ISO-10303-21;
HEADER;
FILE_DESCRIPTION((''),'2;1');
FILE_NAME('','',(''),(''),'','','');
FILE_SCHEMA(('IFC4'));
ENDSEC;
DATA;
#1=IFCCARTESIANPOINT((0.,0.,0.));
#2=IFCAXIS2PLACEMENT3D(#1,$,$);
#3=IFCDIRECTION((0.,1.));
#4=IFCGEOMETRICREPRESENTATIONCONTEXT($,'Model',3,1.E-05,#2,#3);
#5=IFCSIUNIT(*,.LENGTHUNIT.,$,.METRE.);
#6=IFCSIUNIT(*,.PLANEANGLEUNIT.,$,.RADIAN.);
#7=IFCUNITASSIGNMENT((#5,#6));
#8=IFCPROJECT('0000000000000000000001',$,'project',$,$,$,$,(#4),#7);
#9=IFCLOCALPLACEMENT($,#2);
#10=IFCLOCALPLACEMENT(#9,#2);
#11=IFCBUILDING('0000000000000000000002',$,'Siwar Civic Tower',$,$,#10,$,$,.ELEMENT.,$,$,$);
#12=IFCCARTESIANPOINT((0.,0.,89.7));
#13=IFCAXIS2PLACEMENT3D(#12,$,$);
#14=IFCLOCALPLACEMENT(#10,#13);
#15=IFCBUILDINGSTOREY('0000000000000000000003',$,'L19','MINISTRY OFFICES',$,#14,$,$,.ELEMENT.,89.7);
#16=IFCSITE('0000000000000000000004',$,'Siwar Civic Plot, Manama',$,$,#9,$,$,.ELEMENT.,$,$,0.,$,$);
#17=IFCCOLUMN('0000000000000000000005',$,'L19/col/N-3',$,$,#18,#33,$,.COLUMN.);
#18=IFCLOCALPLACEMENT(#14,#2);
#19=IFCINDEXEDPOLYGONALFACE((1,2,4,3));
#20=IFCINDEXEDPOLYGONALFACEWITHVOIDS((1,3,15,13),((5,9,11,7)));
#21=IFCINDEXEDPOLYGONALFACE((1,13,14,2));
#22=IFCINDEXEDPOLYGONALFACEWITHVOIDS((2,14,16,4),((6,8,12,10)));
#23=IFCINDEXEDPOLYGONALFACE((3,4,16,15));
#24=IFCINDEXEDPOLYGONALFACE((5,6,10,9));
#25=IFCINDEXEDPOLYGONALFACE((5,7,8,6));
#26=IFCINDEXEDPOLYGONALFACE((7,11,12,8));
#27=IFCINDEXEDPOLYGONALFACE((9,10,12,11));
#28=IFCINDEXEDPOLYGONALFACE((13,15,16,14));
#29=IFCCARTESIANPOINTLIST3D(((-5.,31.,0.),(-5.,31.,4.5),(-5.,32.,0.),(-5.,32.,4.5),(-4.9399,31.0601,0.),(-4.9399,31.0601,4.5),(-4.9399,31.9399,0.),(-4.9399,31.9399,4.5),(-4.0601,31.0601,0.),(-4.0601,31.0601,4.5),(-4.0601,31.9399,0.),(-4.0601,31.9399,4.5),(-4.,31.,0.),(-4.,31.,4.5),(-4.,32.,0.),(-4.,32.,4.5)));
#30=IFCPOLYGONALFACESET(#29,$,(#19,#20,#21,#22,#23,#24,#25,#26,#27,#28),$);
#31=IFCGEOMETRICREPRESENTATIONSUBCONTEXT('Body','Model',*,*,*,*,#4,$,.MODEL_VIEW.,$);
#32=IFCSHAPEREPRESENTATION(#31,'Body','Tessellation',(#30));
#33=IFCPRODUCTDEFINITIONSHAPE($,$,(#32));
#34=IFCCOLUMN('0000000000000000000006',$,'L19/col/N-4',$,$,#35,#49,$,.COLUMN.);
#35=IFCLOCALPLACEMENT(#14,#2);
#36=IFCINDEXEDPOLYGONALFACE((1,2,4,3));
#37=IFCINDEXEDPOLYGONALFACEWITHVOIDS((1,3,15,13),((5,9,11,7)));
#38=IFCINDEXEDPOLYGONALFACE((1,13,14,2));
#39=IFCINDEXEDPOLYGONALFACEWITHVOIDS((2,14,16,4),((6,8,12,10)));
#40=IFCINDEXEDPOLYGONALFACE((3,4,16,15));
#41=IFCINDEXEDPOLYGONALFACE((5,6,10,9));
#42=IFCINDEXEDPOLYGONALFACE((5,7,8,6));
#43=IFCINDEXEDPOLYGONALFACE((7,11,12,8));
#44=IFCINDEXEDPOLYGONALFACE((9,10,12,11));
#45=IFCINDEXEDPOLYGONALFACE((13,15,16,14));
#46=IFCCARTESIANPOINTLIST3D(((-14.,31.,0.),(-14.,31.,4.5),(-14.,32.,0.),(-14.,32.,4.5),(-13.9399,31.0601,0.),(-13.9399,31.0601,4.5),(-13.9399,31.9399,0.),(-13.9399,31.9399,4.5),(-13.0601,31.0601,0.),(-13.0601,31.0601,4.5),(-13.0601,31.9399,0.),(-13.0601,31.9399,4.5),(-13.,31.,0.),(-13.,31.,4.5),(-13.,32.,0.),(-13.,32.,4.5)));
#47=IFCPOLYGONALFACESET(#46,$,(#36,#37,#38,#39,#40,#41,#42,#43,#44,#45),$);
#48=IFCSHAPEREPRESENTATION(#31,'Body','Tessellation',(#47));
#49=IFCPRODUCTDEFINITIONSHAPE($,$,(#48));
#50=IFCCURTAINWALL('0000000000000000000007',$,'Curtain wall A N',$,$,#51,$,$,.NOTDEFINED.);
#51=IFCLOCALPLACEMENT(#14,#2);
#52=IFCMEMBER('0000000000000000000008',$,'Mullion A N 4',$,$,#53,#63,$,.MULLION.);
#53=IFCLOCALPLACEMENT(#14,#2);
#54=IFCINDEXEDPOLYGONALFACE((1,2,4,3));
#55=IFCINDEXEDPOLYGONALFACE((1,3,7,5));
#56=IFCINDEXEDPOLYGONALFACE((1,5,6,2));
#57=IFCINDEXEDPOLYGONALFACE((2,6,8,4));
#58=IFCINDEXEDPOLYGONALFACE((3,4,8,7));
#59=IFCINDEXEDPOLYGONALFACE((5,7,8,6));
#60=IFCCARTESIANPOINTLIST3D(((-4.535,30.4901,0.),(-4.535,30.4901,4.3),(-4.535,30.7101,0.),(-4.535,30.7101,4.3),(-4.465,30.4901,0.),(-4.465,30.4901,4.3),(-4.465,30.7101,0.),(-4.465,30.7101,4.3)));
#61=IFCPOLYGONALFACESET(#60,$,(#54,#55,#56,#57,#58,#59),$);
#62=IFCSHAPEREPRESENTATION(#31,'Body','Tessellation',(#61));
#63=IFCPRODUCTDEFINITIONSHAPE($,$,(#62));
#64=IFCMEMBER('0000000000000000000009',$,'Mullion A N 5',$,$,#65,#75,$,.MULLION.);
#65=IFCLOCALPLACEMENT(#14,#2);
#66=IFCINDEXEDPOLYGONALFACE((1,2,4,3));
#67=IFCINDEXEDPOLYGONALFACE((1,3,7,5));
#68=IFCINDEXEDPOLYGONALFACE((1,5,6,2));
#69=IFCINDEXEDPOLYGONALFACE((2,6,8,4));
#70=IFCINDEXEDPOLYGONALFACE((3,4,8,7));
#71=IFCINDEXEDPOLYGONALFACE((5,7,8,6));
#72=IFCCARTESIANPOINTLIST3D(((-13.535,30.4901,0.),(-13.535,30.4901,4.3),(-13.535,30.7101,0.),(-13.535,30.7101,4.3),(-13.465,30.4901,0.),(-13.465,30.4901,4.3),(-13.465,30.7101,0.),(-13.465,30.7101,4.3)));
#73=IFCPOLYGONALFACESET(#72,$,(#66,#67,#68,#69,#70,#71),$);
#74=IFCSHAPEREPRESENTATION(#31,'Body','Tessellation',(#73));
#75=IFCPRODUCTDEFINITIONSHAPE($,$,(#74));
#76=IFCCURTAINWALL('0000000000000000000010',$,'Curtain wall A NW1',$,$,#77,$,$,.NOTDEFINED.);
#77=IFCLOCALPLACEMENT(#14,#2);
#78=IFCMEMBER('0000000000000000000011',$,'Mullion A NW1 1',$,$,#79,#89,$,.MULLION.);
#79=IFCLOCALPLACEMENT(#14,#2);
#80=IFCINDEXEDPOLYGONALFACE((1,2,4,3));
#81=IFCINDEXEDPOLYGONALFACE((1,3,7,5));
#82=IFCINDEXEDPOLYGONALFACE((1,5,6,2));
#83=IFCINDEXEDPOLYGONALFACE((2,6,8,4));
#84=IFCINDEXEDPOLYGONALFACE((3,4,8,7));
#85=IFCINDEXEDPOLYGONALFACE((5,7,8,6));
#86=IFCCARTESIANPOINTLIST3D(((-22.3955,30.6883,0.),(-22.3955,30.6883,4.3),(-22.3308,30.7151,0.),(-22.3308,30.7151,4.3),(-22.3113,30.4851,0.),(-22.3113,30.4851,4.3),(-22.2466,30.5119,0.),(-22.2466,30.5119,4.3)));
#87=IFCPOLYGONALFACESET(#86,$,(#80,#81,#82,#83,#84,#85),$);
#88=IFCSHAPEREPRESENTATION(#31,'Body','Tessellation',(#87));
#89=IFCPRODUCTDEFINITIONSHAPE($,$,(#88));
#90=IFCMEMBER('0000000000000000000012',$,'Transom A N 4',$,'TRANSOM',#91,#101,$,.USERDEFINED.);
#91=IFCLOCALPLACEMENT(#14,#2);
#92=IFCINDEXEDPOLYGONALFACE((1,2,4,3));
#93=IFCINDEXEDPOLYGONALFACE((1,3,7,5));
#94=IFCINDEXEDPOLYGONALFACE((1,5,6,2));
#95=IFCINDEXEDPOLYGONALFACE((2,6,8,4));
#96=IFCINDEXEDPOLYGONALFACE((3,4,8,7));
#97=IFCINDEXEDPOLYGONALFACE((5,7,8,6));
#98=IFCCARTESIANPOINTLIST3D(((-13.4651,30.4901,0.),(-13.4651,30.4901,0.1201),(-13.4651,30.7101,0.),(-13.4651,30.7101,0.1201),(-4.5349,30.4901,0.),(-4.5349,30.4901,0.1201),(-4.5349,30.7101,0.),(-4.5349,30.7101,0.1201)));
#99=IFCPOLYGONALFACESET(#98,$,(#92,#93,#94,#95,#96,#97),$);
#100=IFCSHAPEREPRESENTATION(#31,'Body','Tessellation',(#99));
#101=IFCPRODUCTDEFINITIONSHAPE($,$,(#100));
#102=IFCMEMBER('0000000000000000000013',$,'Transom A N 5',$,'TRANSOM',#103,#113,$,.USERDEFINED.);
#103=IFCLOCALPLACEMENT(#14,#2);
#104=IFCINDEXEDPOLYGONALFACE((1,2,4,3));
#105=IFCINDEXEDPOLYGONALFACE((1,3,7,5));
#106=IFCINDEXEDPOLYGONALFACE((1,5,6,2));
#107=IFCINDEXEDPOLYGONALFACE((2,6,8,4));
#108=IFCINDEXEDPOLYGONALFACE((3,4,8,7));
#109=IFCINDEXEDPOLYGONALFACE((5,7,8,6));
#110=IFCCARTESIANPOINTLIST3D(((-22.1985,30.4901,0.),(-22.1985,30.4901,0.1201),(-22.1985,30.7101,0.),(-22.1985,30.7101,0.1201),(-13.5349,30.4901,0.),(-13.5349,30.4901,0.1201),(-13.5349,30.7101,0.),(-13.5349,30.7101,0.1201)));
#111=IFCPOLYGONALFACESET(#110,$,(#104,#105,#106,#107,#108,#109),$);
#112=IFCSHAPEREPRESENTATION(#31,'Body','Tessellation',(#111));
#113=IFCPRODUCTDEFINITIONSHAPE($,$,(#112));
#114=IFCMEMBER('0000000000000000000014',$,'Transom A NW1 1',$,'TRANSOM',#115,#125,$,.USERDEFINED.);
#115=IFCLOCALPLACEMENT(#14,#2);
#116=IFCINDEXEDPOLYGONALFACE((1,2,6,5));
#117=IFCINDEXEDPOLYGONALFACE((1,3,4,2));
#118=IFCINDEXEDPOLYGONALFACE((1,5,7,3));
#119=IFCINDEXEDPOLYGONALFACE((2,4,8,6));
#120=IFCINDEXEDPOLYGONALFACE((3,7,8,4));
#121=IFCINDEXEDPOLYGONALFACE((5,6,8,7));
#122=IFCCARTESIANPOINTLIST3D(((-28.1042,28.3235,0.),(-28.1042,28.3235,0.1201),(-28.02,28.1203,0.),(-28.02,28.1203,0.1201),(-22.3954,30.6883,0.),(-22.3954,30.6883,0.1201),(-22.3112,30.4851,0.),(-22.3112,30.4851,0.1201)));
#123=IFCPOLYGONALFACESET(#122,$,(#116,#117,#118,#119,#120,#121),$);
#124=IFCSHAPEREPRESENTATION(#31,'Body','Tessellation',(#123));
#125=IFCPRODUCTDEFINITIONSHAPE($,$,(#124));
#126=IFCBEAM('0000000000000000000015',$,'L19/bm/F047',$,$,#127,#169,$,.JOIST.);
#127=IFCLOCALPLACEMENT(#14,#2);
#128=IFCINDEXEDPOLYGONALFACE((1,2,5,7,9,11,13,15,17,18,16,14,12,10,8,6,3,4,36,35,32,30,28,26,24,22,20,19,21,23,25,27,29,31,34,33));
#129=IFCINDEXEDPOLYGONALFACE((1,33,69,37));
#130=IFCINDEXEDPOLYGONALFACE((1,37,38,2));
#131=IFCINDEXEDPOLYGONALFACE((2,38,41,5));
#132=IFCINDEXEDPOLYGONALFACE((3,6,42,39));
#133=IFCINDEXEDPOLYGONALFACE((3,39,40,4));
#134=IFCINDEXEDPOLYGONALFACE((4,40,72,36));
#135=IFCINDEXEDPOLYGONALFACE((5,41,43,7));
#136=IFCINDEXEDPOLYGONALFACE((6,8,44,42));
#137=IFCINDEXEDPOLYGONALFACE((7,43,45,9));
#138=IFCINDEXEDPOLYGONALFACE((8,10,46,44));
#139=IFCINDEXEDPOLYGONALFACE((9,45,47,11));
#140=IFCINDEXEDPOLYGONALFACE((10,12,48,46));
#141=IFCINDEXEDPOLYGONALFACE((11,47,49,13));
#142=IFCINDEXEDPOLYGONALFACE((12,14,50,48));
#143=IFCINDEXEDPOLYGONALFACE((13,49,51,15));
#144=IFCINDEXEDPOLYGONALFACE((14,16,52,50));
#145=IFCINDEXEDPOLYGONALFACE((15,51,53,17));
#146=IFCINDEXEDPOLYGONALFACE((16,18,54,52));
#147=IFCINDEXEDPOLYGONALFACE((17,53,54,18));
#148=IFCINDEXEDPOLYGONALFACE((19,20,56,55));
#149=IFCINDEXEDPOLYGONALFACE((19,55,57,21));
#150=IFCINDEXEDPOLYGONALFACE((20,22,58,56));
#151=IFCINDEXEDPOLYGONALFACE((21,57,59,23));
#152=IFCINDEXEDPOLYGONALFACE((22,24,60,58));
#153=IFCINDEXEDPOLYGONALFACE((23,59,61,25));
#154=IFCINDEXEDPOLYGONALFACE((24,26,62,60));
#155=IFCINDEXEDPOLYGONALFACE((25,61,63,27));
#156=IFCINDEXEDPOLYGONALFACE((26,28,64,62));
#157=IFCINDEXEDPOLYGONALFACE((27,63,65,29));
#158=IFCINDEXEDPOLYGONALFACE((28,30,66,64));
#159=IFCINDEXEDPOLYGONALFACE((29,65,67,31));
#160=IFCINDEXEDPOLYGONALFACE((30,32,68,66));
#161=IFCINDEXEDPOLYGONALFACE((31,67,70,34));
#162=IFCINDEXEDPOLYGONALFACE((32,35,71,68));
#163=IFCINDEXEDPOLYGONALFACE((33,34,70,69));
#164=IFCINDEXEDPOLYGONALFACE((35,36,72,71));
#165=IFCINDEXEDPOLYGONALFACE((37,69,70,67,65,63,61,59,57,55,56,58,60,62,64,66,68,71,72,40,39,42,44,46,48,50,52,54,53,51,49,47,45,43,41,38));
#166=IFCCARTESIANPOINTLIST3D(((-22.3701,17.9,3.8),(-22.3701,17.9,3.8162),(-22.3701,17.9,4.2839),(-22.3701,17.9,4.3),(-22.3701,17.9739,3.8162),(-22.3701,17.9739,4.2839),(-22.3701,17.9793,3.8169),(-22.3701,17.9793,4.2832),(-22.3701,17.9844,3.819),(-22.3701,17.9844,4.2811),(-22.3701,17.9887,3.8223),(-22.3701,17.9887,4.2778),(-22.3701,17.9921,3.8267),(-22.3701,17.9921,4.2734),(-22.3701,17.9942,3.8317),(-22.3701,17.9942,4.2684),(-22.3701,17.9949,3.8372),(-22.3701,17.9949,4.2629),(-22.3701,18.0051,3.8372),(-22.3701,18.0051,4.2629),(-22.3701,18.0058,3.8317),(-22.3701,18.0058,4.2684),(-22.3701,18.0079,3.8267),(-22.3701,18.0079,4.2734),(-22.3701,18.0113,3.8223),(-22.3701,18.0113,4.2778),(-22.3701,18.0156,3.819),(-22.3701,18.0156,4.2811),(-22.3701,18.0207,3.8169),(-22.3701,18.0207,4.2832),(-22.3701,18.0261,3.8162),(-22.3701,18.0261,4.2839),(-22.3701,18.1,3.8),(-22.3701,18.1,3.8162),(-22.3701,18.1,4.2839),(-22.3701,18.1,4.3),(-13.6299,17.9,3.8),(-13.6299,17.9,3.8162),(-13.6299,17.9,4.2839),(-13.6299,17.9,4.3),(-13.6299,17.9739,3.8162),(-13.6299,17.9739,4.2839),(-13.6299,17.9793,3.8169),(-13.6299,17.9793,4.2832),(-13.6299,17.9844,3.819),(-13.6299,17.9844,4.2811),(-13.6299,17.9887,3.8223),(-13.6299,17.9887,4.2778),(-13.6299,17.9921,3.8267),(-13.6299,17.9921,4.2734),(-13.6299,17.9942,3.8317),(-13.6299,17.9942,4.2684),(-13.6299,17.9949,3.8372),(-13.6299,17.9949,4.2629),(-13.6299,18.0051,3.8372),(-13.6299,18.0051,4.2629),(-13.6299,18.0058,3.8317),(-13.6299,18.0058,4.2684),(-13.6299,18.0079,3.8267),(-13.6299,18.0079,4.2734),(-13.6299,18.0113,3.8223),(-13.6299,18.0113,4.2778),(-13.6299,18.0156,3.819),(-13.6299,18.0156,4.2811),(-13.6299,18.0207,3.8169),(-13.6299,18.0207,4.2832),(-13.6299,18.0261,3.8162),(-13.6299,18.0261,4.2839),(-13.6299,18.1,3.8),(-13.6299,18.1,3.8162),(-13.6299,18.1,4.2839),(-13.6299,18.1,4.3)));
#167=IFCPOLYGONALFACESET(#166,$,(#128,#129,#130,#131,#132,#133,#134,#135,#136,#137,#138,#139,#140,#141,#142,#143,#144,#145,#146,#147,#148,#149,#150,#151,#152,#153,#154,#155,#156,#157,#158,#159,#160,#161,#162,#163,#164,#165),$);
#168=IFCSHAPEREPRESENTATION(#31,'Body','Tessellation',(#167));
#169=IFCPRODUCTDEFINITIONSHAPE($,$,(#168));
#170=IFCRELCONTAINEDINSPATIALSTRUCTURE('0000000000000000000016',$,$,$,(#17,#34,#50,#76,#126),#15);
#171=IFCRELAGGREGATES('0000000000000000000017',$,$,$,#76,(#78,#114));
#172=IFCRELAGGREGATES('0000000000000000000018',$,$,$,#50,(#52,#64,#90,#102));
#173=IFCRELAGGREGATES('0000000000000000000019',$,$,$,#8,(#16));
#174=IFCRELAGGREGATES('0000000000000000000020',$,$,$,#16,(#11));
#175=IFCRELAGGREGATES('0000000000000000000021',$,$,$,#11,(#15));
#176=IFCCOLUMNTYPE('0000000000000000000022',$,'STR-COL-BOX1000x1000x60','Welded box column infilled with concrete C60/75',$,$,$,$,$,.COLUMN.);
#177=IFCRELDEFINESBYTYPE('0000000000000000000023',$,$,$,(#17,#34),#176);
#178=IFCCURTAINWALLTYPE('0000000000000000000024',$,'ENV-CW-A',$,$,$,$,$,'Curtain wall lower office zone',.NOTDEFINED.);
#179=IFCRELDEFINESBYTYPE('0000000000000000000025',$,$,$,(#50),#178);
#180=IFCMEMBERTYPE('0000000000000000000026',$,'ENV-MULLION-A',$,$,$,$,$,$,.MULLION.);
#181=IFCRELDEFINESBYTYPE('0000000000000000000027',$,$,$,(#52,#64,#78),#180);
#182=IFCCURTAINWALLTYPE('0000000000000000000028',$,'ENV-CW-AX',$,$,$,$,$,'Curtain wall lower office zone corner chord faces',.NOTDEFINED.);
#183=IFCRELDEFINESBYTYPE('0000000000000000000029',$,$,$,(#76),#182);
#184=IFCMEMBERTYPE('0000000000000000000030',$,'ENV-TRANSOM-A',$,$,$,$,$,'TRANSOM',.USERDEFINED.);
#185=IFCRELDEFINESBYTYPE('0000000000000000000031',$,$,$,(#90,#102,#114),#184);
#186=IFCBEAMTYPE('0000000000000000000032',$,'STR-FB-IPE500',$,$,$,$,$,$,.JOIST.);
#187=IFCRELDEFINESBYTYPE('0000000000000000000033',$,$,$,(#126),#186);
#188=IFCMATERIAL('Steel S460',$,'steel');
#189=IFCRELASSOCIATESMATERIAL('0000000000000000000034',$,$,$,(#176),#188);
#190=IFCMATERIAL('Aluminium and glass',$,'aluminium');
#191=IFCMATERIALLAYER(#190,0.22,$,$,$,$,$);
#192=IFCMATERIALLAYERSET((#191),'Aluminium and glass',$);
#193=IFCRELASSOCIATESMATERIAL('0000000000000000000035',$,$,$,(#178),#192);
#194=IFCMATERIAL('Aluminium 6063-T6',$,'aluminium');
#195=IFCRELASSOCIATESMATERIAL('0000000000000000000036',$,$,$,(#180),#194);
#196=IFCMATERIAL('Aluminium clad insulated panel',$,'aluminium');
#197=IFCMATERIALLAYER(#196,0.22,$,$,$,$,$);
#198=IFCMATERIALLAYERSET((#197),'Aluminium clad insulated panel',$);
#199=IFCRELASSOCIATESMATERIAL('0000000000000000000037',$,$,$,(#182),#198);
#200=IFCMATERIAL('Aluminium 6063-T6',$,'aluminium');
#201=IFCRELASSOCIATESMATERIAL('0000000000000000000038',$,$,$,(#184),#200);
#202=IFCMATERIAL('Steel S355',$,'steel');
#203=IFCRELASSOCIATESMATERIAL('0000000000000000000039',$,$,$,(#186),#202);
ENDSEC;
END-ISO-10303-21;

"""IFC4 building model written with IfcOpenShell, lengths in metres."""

from ifc_helpers import new_model, si_unit, direction, frame, origin, origin_2d, place, context, subcontext, project, spatial, rectangle, hollow_rectangle, i_section, extrude, material, layer, layer_set, material_profile, profile_set, type_object, element, aggregate, save


model = new_model("IFC4")

# Units and contexts
model_context = context("Model", 3, precision=1e-05, world=origin(), true_north=direction((0.0, 1.0)))
body_context = subcontext(model_context, "Body", "Model", "MODEL_VIEW")
ifc_project = project(units=[si_unit("LENGTHUNIT", "METRE"), si_unit("PLANEANGLEUNIT", "RADIAN")], contexts=[model_context])

# Site, building, storey
site_placement = place(None, origin())
site = spatial("IfcSite", under=ifc_project, at=site_placement, Name="Siwar Civic Plot, Manama", CompositionType="ELEMENT", RefElevation=0.0)
building_placement = place(site_placement, origin())
building = spatial("IfcBuilding", under=site, at=building_placement, Name="Siwar Civic Tower", CompositionType="ELEMENT")
storey_placement = place(building_placement, frame((0.0, 0.0, 89.7)))
storey = spatial("IfcBuildingStorey", under=building, at=storey_placement, Name="L19", Description="MINISTRY OFFICES", CompositionType="ELEMENT", Elevation=89.7)

# Columns
ifc_material_1 = material(Name="Steel S460", Category="steel")
ifc_material_profile_1 = material_profile(ifc_material_1, hollow_rectangle(XDim=1.0, YDim=1.0, WallThickness=0.0601, at=origin_2d()), Name="BOX1000x1000x60")
ifc_profile_set_1 = profile_set([ifc_material_profile_1], Name="Steel S460")
column_type = type_object("IfcColumnType", Name="STR-COL-BOX1000x1000x60", Description="Welded box column infilled with concrete C60/75", PredefinedType="COLUMN", material=ifc_profile_set_1)
for number, where, z_axis, x_axis, name in (
    (1, (-4.5, 31.5, 0.0), (0.0, 0.0, 1.0), (1.0, 0.0, 0.0), "L19/col/N-3"),
    (2, (-13.5, 31.5, 0.0), (0.0, 0.0, 1.0), (1.0, 0.0, 0.0), "L19/col/N-4"),
):
    element("IfcColumn", number, at=place(storey_placement, frame(where, z_axis=z_axis, x_axis=x_axis)), inside=storey, type_object=column_type, Name=name, PredefinedType="COLUMN", context=body_context, shape_type="SweptSolid", body=[
        extrude(hollow_rectangle(XDim=1.0, YDim=1.0, WallThickness=0.0601, at=origin_2d()), origin(), (0.0, 0.0, 1.0), 4.5),
    ])

# Curtain wall, members
ifc_material_2 = material(Name="Aluminium and glass", Category="aluminium")
ifc_layer_1 = layer(ifc_material_2, 0.22)
ifc_layer_set_1 = layer_set([ifc_layer_1], Name="Aluminium and glass")
curtain_wall_type_1 = type_object("IfcCurtainWallType", Name="ENV-CW-A", ElementType="Curtain wall lower office zone", PredefinedType="NOTDEFINED", material=ifc_layer_set_1)
curtain_wall_1_placement = place(storey_placement, origin())
curtain_wall_1 = element("IfcCurtainWall", 3, at=curtain_wall_1_placement, inside=storey, type_object=curtain_wall_type_1, Name="Curtain wall A N", PredefinedType="NOTDEFINED")
ifc_material_3 = material(Name="Aluminium 6063-T6", Category="aluminium")
ifc_material_profile_2 = material_profile(ifc_material_3, rectangle(XDim=0.22, YDim=0.0701, at=origin_2d()), Name="AL 220x70")
ifc_profile_set_2 = profile_set([ifc_material_profile_2], Name="Aluminium 6063-T6")
member_type_1 = type_object("IfcMemberType", Name="ENV-MULLION-A", PredefinedType="MULLION", material=ifc_profile_set_2)
member_1_placement = place(storey_placement, frame((-4.5, 30.6001, 0.0), z_axis=(0.0, 0.0, 1.0), x_axis=(0.0, -1.0, 0.0)))
member_1 = element("IfcMember", 4, at=member_1_placement, type_object=member_type_1, Name="Mullion A N 4", PredefinedType="MULLION", context=body_context, shape_type="SweptSolid", body=[
    extrude(rectangle(XDim=0.22, YDim=0.0701, at=origin_2d()), origin(), (0.0, 0.0, 1.0), 4.3),
])
member_2_placement = place(storey_placement, frame((-13.5, 30.6001, 0.0), z_axis=(0.0, 0.0, 1.0), x_axis=(0.0, -1.0, 0.0)))
member_2 = element("IfcMember", 5, at=member_2_placement, type_object=member_type_1, Name="Mullion A N 5", PredefinedType="MULLION", context=body_context, shape_type="SweptSolid", body=[
    extrude(rectangle(XDim=0.22, YDim=0.0701, at=origin_2d()), origin(), (0.0, 0.0, 1.0), 4.3),
])

# Curtain wall, member
ifc_material_4 = material(Name="Aluminium clad insulated panel", Category="aluminium")
ifc_layer_2 = layer(ifc_material_4, 0.22)
ifc_layer_set_2 = layer_set([ifc_layer_2], Name="Aluminium clad insulated panel")
curtain_wall_type_2 = type_object("IfcCurtainWallType", Name="ENV-CW-AX", ElementType="Curtain wall lower office zone corner chord faces", PredefinedType="NOTDEFINED", material=ifc_layer_set_2)
curtain_wall_2_placement = place(storey_placement, origin())
curtain_wall_2 = element("IfcCurtainWall", 6, at=curtain_wall_2_placement, inside=storey, type_object=curtain_wall_type_2, Name="Curtain wall A NW1", PredefinedType="NOTDEFINED")
member_3_placement = place(storey_placement, frame((-22.321, 30.6001, 0.0), z_axis=(0.0, 0.0, 1.0), x_axis=(0.382683, -0.92388, 0.0)))
member_3 = element("IfcMember", 7, at=member_3_placement, type_object=member_type_1, Name="Mullion A NW1 1", PredefinedType="MULLION", context=body_context, shape_type="SweptSolid", body=[
    extrude(rectangle(XDim=0.22, YDim=0.0701, at=origin_2d()), origin(), (0.0, 0.0, 1.0), 4.3),
])

# Members
ifc_material_5 = material(Name="Aluminium 6063-T6", Category="aluminium")
ifc_material_profile_3 = material_profile(ifc_material_5, rectangle(XDim=0.22, YDim=0.1201, at=origin_2d()), Name="AL 220x120")
ifc_profile_set_3 = profile_set([ifc_material_profile_3], Name="Aluminium 6063-T6")
member_type_2 = type_object("IfcMemberType", Name="ENV-TRANSOM-A", ElementType="TRANSOM", PredefinedType="USERDEFINED", material=ifc_profile_set_3)
member_4_placement = place(storey_placement, frame((-4.5349, 30.6001, 0.0601), z_axis=(-1.0, 0.0, 0.0), x_axis=(0.0, -1.0, 0.0)))
member_4 = element("IfcMember", 8, at=member_4_placement, type_object=member_type_2, Name="Transom A N 4", ObjectType="TRANSOM", PredefinedType="USERDEFINED", context=body_context, shape_type="SweptSolid", body=[
    extrude(rectangle(XDim=0.22, YDim=0.1201, at=origin_2d()), origin(), (0.0, 0.0, 1.0), 8.9302),
])
member_5_placement = place(storey_placement, frame((-13.5349, 30.6001, 0.0601), z_axis=(-1.0, 0.0, 0.0), x_axis=(0.0, -1.0, 0.0)))
member_5 = element("IfcMember", 9, at=member_5_placement, type_object=member_type_2, Name="Transom A N 5", ObjectType="TRANSOM", PredefinedType="USERDEFINED", context=body_context, shape_type="SweptSolid", body=[
    extrude(rectangle(XDim=0.22, YDim=0.1201, at=origin_2d()), origin(), (0.0, 0.0, 1.0), 8.6636),
])
member_6_placement = place(storey_placement, frame((-22.3533, 30.5867, 0.0601), z_axis=(-0.923873, -0.382698, 0.0), x_axis=(0.382698, -0.923873, 0.0)))
member_6 = element("IfcMember", 10, at=member_6_placement, type_object=member_type_2, Name="Transom A NW1 1", ObjectType="TRANSOM", PredefinedType="USERDEFINED", context=body_context, shape_type="SweptSolid", body=[
    extrude(rectangle(XDim=0.22, YDim=0.1201, at=origin_2d()), origin(), (0.0, 0.0, 1.0), 6.1792),
])
aggregate(curtain_wall_2, [member_3, member_6])

# Beam
ifc_material_6 = material(Name="Steel S355", Category="steel")
ifc_material_profile_4 = material_profile(ifc_material_6, i_section(OverallWidth=0.2, OverallDepth=0.5, WebThickness=0.0103, FlangeThickness=0.0161, FilletRadius=0.021, at=origin_2d()), Name="IPE500")
ifc_profile_set_4 = profile_set([ifc_material_profile_4], Name="Steel S355")
beam_type_1 = type_object("IfcBeamType", Name="STR-FB-IPE500", PredefinedType="JOIST", material=ifc_profile_set_4)
for number, where, z_axis, x_axis, name in (
    (11, (-22.3701, 18.0, 4.05), (1.0, 0.0, 0.0), (0.0, 1.0, 0.0), "L19/bm/F047"),
):
    element("IfcBeam", number, at=place(storey_placement, frame(where, z_axis=z_axis, x_axis=x_axis)), inside=storey, type_object=beam_type_1, Name=name, PredefinedType="JOIST", context=body_context, shape_type="SweptSolid", body=[
        extrude(i_section(OverallWidth=0.2, OverallDepth=0.5, WebThickness=0.0103, FlangeThickness=0.0161, FilletRadius=0.021, at=origin_2d()), origin(), (0.0, 0.0, 1.0), 8.7402),
    ])

aggregate(curtain_wall_1, [member_1, member_2, member_4, member_5])

save(model, "model.ifc")
